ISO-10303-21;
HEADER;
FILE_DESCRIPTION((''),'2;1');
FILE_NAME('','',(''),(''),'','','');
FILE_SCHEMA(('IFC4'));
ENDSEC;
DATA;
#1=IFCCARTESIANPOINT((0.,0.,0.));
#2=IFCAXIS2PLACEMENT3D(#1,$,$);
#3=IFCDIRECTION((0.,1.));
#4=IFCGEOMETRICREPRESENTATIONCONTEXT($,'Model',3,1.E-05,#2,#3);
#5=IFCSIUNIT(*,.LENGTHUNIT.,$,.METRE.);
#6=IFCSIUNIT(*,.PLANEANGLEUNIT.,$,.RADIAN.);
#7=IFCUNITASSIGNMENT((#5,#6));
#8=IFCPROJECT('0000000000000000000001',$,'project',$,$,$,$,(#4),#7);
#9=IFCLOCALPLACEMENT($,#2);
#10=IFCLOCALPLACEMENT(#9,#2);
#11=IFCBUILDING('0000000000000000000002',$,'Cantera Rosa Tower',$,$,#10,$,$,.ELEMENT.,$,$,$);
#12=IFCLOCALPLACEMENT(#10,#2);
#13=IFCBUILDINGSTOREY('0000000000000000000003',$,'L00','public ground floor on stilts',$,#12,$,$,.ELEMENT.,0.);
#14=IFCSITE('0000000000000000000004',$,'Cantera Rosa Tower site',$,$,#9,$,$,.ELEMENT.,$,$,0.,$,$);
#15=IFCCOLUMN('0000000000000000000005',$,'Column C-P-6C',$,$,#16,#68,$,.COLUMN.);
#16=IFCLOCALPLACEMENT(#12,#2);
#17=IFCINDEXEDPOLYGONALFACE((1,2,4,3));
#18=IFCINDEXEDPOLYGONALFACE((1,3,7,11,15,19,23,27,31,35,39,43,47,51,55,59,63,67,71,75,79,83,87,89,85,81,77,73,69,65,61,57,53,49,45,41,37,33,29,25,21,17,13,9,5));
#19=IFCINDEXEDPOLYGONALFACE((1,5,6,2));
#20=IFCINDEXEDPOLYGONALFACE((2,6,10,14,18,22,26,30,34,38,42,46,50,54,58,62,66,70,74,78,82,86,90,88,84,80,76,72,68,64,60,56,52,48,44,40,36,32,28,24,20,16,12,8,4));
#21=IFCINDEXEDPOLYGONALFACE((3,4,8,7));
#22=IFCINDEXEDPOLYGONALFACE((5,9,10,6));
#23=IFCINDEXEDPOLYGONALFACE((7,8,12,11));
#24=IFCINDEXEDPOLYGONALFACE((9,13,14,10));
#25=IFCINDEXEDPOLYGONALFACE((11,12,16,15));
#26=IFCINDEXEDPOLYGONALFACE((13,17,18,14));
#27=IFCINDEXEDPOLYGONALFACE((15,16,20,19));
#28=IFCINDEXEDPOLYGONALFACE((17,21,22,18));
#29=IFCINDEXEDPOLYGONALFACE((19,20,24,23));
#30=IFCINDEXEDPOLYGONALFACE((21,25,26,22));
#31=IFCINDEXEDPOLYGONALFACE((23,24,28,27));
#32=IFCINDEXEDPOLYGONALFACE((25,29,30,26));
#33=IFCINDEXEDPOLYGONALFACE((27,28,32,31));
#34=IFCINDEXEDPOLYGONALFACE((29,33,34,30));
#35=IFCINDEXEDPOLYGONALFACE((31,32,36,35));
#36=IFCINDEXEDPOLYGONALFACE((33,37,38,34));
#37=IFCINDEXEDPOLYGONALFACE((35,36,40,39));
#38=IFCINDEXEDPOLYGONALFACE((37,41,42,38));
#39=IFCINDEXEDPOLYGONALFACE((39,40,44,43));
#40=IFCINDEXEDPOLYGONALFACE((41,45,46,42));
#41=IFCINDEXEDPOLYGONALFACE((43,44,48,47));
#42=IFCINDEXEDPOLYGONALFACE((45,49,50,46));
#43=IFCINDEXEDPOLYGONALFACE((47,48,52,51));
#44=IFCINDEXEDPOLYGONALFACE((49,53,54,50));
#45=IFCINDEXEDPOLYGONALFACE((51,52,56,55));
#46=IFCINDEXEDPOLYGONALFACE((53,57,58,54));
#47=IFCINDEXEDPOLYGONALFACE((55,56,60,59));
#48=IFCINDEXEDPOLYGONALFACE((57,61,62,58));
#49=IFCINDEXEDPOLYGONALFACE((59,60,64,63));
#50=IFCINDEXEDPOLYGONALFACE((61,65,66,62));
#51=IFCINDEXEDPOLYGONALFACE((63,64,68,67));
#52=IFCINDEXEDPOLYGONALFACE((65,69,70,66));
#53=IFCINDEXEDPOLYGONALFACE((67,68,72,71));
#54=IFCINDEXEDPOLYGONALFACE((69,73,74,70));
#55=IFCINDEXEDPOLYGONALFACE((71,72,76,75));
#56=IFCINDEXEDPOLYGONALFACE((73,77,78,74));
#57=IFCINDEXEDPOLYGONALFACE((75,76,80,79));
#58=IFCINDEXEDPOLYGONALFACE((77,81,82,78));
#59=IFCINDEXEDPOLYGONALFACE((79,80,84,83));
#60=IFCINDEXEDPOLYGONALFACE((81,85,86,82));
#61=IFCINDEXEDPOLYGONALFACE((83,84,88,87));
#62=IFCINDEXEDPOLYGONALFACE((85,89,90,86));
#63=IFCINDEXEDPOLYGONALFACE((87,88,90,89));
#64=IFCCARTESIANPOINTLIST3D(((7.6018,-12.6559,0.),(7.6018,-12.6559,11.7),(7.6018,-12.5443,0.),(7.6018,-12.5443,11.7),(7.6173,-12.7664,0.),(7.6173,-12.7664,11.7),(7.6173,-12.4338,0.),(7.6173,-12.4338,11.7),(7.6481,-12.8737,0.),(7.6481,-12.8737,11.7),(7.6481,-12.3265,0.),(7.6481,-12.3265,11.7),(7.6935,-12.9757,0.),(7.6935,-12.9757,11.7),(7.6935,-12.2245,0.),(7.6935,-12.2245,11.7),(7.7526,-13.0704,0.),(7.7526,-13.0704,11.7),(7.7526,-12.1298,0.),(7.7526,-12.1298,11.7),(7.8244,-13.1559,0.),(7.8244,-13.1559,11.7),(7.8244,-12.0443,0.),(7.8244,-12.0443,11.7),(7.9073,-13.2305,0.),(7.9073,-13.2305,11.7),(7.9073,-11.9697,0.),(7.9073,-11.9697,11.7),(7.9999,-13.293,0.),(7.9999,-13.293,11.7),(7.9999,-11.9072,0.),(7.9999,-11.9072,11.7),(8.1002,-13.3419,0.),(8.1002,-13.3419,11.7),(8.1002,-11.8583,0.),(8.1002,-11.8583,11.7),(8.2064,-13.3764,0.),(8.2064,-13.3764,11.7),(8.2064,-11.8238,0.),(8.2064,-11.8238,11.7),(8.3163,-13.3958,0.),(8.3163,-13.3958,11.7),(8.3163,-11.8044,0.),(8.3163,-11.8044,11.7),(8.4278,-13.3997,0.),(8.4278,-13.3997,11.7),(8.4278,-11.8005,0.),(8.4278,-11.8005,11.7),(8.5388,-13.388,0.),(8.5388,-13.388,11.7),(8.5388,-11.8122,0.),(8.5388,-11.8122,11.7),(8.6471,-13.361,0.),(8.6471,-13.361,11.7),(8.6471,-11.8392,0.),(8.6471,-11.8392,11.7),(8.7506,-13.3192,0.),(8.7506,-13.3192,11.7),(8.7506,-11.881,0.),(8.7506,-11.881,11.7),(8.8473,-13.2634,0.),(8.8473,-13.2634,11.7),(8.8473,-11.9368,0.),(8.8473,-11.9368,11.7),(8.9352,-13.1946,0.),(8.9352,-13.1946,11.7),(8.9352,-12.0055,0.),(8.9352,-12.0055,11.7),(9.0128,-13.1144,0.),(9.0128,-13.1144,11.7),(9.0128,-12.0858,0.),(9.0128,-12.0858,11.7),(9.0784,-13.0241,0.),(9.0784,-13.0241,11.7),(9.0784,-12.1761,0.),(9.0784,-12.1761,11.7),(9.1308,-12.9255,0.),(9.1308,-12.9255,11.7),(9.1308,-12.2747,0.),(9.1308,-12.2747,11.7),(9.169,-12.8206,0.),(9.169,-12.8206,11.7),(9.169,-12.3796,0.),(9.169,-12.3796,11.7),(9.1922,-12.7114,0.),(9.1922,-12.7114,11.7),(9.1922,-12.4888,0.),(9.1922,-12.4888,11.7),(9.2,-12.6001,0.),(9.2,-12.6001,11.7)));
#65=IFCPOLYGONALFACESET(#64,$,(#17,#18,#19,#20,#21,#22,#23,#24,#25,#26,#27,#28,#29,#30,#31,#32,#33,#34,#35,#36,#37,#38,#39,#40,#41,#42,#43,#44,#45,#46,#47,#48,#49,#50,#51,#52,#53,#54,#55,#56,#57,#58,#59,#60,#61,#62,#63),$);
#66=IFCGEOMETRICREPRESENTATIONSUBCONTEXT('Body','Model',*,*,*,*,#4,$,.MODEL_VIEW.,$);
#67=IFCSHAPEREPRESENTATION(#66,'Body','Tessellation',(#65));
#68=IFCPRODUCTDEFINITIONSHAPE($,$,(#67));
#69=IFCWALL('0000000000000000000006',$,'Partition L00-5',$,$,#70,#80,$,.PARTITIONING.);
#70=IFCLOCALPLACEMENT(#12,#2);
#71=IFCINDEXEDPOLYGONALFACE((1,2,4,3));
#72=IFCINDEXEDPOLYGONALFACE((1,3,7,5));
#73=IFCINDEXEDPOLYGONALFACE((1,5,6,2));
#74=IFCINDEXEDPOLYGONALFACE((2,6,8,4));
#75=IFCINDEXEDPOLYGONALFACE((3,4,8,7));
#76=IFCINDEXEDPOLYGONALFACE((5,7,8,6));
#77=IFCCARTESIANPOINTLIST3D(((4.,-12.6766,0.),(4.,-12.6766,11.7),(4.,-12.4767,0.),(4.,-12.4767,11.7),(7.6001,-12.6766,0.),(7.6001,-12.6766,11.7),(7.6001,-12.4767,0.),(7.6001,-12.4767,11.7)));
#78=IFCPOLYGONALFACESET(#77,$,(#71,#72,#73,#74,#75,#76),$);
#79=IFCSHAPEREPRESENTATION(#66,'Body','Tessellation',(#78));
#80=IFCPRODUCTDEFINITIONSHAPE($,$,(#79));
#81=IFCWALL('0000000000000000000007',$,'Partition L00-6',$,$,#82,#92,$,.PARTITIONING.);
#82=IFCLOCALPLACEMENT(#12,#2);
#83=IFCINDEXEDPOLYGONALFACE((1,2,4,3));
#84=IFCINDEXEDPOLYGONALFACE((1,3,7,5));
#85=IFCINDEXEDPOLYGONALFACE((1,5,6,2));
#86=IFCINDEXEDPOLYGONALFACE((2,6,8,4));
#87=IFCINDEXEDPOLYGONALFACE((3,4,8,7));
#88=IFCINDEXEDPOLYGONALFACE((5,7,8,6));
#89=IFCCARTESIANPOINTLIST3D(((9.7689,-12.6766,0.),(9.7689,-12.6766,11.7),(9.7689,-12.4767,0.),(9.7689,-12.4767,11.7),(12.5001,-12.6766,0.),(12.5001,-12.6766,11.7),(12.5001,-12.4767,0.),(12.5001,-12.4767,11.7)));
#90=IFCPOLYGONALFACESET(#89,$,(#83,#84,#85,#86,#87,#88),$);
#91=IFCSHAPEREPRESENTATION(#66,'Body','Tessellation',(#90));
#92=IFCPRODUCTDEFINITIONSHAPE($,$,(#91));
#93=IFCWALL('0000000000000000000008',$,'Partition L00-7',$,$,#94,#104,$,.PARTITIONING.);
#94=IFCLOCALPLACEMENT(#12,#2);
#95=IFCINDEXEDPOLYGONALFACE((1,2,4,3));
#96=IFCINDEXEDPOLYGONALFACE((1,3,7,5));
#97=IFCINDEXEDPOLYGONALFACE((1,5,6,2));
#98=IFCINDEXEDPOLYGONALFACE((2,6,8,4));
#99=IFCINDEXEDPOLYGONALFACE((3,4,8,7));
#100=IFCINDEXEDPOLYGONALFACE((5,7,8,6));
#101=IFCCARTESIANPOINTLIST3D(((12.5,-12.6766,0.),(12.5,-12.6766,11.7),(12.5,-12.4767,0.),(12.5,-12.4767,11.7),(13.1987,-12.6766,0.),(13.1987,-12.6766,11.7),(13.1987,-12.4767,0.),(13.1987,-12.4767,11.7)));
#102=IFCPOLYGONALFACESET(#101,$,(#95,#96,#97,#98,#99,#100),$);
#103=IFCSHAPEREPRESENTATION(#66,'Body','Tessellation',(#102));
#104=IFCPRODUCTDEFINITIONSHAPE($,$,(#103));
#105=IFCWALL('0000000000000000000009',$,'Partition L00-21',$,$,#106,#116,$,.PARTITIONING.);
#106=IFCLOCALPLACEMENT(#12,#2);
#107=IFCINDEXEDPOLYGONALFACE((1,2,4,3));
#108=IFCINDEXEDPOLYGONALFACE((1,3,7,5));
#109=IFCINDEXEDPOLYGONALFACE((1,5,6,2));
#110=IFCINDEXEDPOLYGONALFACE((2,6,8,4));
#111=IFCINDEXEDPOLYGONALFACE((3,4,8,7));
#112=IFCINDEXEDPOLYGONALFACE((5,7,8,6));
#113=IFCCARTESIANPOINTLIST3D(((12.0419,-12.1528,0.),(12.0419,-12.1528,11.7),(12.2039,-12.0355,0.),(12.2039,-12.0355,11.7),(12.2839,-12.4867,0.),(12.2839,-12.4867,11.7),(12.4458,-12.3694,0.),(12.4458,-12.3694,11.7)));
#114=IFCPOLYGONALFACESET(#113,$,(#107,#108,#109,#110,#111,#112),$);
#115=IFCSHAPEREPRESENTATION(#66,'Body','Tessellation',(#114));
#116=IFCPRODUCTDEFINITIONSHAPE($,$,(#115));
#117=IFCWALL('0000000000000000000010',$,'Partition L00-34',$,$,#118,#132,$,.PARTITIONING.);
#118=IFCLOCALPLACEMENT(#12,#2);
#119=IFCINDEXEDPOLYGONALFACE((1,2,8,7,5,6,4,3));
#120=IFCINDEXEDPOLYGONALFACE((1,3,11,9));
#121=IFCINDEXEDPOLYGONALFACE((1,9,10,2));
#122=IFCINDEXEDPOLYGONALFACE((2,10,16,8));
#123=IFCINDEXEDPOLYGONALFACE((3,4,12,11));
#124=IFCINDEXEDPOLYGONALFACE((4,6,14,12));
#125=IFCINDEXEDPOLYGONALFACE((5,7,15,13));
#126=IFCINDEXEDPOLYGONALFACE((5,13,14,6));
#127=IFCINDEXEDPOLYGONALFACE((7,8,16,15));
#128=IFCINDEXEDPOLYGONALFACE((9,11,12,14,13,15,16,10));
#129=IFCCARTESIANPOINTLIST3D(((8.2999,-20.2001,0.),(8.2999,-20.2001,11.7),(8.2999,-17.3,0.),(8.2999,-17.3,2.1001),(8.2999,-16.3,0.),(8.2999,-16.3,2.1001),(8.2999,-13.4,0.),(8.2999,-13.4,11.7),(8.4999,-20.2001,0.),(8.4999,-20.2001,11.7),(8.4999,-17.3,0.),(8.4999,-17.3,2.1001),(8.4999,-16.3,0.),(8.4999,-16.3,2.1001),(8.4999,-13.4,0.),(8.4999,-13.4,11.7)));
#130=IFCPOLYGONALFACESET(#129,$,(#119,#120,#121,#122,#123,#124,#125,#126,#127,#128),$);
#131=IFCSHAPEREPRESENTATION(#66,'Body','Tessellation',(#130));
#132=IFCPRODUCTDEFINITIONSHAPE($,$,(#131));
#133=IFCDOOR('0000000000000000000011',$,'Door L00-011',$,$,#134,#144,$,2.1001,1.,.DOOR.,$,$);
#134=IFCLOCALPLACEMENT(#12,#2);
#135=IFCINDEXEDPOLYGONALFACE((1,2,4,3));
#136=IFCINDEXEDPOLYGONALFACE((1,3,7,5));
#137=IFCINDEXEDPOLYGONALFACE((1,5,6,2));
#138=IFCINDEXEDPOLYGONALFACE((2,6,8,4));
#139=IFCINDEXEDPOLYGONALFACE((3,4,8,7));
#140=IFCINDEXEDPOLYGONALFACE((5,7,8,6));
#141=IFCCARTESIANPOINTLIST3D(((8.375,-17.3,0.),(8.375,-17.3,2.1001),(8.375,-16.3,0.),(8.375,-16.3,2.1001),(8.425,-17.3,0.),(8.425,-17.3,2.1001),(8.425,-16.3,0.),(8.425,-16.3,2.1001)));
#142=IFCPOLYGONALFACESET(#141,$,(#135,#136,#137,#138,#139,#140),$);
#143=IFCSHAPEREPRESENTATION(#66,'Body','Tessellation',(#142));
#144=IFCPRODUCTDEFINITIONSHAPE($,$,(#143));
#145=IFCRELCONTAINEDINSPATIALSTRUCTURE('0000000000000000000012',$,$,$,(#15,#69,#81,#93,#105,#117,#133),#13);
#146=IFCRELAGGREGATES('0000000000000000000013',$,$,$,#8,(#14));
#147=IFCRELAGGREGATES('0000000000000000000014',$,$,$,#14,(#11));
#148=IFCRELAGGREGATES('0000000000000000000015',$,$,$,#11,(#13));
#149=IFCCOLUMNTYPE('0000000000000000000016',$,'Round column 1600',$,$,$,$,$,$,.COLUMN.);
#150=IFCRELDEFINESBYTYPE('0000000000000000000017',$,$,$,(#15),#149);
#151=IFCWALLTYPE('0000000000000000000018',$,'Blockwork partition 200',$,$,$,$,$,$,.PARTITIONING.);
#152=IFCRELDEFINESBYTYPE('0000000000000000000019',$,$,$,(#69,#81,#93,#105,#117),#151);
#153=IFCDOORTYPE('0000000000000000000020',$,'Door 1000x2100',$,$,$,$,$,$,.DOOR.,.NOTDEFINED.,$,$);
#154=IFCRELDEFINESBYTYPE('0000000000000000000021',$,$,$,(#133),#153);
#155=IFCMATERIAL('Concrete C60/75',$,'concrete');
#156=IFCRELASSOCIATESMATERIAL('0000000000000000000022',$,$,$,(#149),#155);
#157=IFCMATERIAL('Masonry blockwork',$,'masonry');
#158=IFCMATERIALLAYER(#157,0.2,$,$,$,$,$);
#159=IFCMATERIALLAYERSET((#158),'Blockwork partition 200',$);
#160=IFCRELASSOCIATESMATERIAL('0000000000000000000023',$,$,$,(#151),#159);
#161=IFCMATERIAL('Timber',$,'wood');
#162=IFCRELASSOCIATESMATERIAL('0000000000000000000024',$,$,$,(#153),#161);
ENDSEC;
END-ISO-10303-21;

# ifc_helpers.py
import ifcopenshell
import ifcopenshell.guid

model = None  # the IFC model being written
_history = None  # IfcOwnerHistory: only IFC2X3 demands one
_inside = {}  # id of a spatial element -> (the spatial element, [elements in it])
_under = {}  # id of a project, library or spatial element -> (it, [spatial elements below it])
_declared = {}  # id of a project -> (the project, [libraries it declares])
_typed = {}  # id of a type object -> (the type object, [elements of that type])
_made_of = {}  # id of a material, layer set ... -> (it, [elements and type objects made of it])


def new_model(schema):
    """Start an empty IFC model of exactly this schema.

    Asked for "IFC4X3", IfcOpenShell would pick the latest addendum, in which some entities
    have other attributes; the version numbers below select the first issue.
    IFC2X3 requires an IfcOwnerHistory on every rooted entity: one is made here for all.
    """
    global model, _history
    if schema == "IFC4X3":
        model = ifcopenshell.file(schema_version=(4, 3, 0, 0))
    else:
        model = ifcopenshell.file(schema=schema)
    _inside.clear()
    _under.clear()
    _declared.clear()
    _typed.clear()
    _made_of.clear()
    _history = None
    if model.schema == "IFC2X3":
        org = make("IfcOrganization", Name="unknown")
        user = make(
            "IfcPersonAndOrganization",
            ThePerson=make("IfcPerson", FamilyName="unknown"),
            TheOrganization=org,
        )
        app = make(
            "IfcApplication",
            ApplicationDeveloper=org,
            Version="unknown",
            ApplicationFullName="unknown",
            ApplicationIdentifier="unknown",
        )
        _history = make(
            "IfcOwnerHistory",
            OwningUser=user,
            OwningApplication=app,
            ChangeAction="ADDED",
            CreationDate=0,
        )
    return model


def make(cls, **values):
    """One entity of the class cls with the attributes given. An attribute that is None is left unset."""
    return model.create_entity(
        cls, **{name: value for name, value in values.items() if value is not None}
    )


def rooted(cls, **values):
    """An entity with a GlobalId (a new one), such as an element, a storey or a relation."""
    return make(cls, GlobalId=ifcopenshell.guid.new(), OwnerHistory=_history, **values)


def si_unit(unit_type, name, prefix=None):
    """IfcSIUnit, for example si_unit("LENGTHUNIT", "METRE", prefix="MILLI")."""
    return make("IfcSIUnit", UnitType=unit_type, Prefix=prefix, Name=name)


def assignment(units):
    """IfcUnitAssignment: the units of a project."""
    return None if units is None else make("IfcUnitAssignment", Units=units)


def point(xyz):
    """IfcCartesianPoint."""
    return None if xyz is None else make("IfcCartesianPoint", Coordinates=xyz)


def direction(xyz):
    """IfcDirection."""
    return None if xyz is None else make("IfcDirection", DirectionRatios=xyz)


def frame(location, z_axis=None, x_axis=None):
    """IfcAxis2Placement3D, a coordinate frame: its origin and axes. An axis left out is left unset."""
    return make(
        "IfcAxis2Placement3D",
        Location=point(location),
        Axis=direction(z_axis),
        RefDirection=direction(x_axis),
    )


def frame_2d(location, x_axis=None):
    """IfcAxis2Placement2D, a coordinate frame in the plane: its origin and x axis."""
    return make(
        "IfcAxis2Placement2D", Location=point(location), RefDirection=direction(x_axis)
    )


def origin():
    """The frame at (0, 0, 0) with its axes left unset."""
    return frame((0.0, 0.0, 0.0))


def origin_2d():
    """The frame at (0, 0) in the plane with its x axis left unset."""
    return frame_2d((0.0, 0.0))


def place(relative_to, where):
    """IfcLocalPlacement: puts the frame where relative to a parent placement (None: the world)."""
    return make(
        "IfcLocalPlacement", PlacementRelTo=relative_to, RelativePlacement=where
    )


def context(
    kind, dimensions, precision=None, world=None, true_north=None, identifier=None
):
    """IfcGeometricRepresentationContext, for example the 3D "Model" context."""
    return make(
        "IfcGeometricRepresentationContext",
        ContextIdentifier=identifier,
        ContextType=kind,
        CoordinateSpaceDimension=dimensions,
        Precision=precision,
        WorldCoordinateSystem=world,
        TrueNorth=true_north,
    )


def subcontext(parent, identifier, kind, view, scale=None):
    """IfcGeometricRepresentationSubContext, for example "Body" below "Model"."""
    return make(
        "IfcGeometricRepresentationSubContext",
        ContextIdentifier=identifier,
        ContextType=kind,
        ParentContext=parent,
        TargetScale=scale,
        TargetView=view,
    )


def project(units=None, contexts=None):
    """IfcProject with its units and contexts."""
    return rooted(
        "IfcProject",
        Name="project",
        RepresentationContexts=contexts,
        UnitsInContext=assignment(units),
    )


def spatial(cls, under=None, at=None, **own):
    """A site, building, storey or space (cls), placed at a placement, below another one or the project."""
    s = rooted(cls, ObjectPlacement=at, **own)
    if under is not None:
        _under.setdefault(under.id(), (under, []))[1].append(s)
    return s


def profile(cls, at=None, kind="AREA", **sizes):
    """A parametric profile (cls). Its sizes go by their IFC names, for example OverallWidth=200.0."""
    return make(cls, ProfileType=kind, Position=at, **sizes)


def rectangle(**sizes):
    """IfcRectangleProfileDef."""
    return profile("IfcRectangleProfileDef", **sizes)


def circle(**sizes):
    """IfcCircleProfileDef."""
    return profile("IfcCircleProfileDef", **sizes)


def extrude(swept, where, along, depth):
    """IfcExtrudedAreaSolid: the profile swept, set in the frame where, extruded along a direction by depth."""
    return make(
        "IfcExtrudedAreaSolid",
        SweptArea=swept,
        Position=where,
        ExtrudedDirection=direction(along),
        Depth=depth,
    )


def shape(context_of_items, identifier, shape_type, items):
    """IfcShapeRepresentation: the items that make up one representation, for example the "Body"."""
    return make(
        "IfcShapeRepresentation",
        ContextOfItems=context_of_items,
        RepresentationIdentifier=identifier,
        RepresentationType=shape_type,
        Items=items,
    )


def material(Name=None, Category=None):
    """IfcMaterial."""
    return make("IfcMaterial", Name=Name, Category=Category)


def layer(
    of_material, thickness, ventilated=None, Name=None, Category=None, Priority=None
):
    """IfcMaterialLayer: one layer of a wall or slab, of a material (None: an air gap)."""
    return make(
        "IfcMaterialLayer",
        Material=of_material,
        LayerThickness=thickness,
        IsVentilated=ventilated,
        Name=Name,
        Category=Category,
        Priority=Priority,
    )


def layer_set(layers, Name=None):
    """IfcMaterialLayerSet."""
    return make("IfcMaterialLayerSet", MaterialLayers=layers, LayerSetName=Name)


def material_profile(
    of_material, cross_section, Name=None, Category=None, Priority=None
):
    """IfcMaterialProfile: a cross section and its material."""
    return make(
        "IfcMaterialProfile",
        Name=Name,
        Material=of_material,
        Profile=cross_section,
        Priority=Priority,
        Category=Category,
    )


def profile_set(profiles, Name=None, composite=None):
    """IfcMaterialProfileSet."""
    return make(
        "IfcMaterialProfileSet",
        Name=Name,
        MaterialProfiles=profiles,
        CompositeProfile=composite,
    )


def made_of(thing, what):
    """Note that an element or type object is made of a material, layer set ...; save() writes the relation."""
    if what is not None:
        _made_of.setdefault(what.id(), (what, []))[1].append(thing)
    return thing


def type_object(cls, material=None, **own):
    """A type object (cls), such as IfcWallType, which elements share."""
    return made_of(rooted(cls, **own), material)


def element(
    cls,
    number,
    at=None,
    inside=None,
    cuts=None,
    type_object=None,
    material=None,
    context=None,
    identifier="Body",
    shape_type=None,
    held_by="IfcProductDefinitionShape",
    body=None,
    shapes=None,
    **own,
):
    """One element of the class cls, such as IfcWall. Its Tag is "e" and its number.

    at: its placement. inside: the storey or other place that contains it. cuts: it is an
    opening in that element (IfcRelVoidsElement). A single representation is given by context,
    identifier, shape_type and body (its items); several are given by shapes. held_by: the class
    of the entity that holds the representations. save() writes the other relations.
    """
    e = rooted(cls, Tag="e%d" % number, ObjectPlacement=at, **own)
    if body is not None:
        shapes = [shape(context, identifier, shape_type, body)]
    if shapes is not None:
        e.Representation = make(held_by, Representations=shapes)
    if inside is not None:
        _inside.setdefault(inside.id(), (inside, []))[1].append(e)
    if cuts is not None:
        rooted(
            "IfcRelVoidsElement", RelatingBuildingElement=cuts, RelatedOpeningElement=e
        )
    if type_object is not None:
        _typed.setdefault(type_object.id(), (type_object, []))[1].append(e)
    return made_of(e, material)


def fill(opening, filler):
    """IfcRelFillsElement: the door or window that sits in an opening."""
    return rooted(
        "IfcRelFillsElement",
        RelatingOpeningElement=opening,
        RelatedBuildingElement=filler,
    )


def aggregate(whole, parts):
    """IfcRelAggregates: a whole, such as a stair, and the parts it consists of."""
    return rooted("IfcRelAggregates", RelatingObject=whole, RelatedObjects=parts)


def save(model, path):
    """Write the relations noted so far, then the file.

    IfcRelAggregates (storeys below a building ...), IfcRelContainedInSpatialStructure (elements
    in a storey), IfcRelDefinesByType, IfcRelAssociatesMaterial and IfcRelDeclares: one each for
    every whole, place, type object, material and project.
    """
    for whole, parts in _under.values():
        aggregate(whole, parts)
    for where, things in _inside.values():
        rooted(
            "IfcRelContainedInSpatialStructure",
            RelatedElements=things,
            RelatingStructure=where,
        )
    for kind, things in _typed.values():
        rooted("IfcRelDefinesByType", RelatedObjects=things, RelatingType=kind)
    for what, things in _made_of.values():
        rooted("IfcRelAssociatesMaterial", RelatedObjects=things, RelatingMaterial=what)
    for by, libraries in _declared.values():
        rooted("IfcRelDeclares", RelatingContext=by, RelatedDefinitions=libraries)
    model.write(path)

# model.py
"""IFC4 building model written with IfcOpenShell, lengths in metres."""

from ifc_helpers import new_model, si_unit, direction, frame, frame_2d, origin, origin_2d, place, context, subcontext, project, spatial, rectangle, circle, extrude, material, layer, layer_set, material_profile, profile_set, type_object, element, fill, save


model = new_model("IFC4")

# Units and contexts
model_context = context("Model", 3, precision=1e-05, world=origin(), true_north=direction((0.0, 1.0)))
body_context = subcontext(model_context, "Body", "Model", "MODEL_VIEW")
ifc_project = project(units=[si_unit("LENGTHUNIT", "METRE"), si_unit("PLANEANGLEUNIT", "RADIAN")], contexts=[model_context])

# Site, building, storey
site_placement = place(None, origin())
site = spatial("IfcSite", under=ifc_project, at=site_placement, Name="Cantera Rosa Tower site", CompositionType="ELEMENT", RefElevation=0.0)
building_placement = place(site_placement, origin())
building = spatial("IfcBuilding", under=site, at=building_placement, Name="Cantera Rosa Tower", CompositionType="ELEMENT")
storey_placement = place(building_placement, origin())
storey = spatial("IfcBuildingStorey", under=building, at=storey_placement, Name="L00", Description="public ground floor on stilts", CompositionType="ELEMENT", Elevation=0.0)

# Column
ifc_material_1 = material(Name="Concrete C60/75", Category="concrete")
ifc_material_profile = material_profile(ifc_material_1, circle(Radius=0.8, at=origin_2d()), Name="Round column 1600")
ifc_profile_set = profile_set([ifc_material_profile], Name="Concrete C60/75")
column_type = type_object("IfcColumnType", Name="Round column 1600", PredefinedType="COLUMN", material=ifc_profile_set)
column_placement = place(storey_placement, frame((8.3999, -12.6001, 0.0), z_axis=(0.0, 0.0, 1.0), x_axis=(1.0, 0.0, 0.0)))
element("IfcColumn", 1, at=column_placement, inside=storey, type_object=column_type, Name="Column C-P-6C", PredefinedType="COLUMN", context=body_context, shape_type="SweptSolid", body=[
    extrude(circle(Radius=0.8, at=origin_2d()), origin(), (0.0, 0.0, 1.0), 11.7),
])

# Walls
ifc_material_2 = material(Name="Masonry blockwork", Category="masonry")
ifc_layer_1 = layer(ifc_material_2, 0.2)
ifc_layer_set_1 = layer_set([ifc_layer_1], Name="Blockwork partition 200")
wall_type_1 = type_object("IfcWallType", Name="Blockwork partition 200", PredefinedType="PARTITIONING", material=ifc_layer_set_1)
wall_1_placement = place(storey_placement, frame((4.0, -12.5767, 0.0), z_axis=(0.0, 0.0, 1.0), x_axis=(1.0, 0.0, 0.0)))
element("IfcWall", 2, at=wall_1_placement, inside=storey, type_object=wall_type_1, Name="Partition L00-5", PredefinedType="PARTITIONING", context=body_context, shape_type="SweptSolid", body=[
    extrude(rectangle(XDim=3.6001, YDim=0.2, at=frame_2d((1.8, 0.0))), origin(), (0.0, 0.0, 1.0), 11.7),
])
wall_2_placement = place(storey_placement, frame((9.7688, -12.5767, 0.0), z_axis=(0.0, 0.0, 1.0), x_axis=(1.0, 0.0, 0.0)))
element("IfcWall", 3, at=wall_2_placement, inside=storey, type_object=wall_type_1, Name="Partition L00-6", PredefinedType="PARTITIONING", context=body_context, shape_type="SweptSolid", body=[
    extrude(rectangle(XDim=2.7312, YDim=0.2, at=frame_2d((1.3657, 0.0))), origin(), (0.0, 0.0, 1.0), 11.7),
])
wall_3_placement = place(storey_placement, frame((12.5, -12.5767, 0.0), z_axis=(0.0, 0.0, 1.0), x_axis=(1.0, 0.0, 0.0)))
element("IfcWall", 4, at=wall_3_placement, inside=storey, type_object=wall_type_1, Name="Partition L00-7", PredefinedType="PARTITIONING", context=body_context, shape_type="SweptSolid", body=[
    extrude(rectangle(XDim=0.6987, YDim=0.2, at=frame_2d((0.3494, 0.0))), origin(), (0.0, 0.0, 1.0), 11.7),
])
wall_4_placement = place(storey_placement, frame((12.3647, -12.428, 0.0), z_axis=(0.0, 0.0, 1.0), x_axis=(-0.586657, 0.809835, 0.0)))
element("IfcWall", 5, at=wall_4_placement, inside=storey, type_object=wall_type_1, Name="Partition L00-21", PredefinedType="PARTITIONING", context=body_context, shape_type="SweptSolid", body=[
    extrude(rectangle(XDim=0.4124, YDim=0.2, at=frame_2d((0.2061, 0.0))), origin(), (0.0, 0.0, 1.0), 11.7),
])

# Wall, opening, door
wall_5_placement = place(storey_placement, frame((8.3999, -20.2, 0.0), z_axis=(0.0, 0.0, 1.0), x_axis=(0.0, 1.0, 0.0)))
wall_5 = element("IfcWall", 6, at=wall_5_placement, inside=storey, type_object=wall_type_1, Name="Partition L00-34", PredefinedType="PARTITIONING", context=body_context, shape_type="SweptSolid", body=[
    extrude(rectangle(XDim=6.8, YDim=0.2, at=frame_2d((3.3999, 0.0))), origin(), (0.0, 0.0, 1.0), 11.7),
])
opening_1_placement = place(wall_5_placement, frame((2.8999, 0.0, 0.0)))
opening_1 = element("IfcOpeningElement", 7, at=opening_1_placement, cuts=wall_5, PredefinedType="OPENING", context=body_context, shape_type="SweptSolid", body=[
    extrude(rectangle(XDim=1.0, YDim=2.1001, at=frame_2d((0.5, 1.05))), frame((0.0, 0.1099, 0.0), z_axis=(0.0, -1.0, 0.0), x_axis=(1.0, 0.0, 0.0)), (0.0, 0.0, 1.0), 0.22),
])
ifc_material_3 = material(Name="Timber", Category="wood")
door_type_1 = type_object("IfcDoorType", Name="Door 1000x2100", OperationType="NOTDEFINED", PredefinedType="DOOR", material=ifc_material_3)
door_1_placement = place(opening_1_placement, origin())
door_1 = element("IfcDoor", 8, at=door_1_placement, inside=storey, type_object=door_type_1, Name="Door L00-011", OverallHeight=2.1001, OverallWidth=1.0, PredefinedType="DOOR", context=body_context, shape_type="SweptSolid", body=[
    extrude(rectangle(XDim=1.0, YDim=2.1001, at=frame_2d((0.5, 1.05))), frame((0.0, 0.0249, 0.0), z_axis=(0.0, -1.0, 0.0), x_axis=(1.0, 0.0, 0.0)), (0.0, 0.0, 1.0), 0.05),
])
fill(opening_1, door_1)

save(model, "model.ifc")
